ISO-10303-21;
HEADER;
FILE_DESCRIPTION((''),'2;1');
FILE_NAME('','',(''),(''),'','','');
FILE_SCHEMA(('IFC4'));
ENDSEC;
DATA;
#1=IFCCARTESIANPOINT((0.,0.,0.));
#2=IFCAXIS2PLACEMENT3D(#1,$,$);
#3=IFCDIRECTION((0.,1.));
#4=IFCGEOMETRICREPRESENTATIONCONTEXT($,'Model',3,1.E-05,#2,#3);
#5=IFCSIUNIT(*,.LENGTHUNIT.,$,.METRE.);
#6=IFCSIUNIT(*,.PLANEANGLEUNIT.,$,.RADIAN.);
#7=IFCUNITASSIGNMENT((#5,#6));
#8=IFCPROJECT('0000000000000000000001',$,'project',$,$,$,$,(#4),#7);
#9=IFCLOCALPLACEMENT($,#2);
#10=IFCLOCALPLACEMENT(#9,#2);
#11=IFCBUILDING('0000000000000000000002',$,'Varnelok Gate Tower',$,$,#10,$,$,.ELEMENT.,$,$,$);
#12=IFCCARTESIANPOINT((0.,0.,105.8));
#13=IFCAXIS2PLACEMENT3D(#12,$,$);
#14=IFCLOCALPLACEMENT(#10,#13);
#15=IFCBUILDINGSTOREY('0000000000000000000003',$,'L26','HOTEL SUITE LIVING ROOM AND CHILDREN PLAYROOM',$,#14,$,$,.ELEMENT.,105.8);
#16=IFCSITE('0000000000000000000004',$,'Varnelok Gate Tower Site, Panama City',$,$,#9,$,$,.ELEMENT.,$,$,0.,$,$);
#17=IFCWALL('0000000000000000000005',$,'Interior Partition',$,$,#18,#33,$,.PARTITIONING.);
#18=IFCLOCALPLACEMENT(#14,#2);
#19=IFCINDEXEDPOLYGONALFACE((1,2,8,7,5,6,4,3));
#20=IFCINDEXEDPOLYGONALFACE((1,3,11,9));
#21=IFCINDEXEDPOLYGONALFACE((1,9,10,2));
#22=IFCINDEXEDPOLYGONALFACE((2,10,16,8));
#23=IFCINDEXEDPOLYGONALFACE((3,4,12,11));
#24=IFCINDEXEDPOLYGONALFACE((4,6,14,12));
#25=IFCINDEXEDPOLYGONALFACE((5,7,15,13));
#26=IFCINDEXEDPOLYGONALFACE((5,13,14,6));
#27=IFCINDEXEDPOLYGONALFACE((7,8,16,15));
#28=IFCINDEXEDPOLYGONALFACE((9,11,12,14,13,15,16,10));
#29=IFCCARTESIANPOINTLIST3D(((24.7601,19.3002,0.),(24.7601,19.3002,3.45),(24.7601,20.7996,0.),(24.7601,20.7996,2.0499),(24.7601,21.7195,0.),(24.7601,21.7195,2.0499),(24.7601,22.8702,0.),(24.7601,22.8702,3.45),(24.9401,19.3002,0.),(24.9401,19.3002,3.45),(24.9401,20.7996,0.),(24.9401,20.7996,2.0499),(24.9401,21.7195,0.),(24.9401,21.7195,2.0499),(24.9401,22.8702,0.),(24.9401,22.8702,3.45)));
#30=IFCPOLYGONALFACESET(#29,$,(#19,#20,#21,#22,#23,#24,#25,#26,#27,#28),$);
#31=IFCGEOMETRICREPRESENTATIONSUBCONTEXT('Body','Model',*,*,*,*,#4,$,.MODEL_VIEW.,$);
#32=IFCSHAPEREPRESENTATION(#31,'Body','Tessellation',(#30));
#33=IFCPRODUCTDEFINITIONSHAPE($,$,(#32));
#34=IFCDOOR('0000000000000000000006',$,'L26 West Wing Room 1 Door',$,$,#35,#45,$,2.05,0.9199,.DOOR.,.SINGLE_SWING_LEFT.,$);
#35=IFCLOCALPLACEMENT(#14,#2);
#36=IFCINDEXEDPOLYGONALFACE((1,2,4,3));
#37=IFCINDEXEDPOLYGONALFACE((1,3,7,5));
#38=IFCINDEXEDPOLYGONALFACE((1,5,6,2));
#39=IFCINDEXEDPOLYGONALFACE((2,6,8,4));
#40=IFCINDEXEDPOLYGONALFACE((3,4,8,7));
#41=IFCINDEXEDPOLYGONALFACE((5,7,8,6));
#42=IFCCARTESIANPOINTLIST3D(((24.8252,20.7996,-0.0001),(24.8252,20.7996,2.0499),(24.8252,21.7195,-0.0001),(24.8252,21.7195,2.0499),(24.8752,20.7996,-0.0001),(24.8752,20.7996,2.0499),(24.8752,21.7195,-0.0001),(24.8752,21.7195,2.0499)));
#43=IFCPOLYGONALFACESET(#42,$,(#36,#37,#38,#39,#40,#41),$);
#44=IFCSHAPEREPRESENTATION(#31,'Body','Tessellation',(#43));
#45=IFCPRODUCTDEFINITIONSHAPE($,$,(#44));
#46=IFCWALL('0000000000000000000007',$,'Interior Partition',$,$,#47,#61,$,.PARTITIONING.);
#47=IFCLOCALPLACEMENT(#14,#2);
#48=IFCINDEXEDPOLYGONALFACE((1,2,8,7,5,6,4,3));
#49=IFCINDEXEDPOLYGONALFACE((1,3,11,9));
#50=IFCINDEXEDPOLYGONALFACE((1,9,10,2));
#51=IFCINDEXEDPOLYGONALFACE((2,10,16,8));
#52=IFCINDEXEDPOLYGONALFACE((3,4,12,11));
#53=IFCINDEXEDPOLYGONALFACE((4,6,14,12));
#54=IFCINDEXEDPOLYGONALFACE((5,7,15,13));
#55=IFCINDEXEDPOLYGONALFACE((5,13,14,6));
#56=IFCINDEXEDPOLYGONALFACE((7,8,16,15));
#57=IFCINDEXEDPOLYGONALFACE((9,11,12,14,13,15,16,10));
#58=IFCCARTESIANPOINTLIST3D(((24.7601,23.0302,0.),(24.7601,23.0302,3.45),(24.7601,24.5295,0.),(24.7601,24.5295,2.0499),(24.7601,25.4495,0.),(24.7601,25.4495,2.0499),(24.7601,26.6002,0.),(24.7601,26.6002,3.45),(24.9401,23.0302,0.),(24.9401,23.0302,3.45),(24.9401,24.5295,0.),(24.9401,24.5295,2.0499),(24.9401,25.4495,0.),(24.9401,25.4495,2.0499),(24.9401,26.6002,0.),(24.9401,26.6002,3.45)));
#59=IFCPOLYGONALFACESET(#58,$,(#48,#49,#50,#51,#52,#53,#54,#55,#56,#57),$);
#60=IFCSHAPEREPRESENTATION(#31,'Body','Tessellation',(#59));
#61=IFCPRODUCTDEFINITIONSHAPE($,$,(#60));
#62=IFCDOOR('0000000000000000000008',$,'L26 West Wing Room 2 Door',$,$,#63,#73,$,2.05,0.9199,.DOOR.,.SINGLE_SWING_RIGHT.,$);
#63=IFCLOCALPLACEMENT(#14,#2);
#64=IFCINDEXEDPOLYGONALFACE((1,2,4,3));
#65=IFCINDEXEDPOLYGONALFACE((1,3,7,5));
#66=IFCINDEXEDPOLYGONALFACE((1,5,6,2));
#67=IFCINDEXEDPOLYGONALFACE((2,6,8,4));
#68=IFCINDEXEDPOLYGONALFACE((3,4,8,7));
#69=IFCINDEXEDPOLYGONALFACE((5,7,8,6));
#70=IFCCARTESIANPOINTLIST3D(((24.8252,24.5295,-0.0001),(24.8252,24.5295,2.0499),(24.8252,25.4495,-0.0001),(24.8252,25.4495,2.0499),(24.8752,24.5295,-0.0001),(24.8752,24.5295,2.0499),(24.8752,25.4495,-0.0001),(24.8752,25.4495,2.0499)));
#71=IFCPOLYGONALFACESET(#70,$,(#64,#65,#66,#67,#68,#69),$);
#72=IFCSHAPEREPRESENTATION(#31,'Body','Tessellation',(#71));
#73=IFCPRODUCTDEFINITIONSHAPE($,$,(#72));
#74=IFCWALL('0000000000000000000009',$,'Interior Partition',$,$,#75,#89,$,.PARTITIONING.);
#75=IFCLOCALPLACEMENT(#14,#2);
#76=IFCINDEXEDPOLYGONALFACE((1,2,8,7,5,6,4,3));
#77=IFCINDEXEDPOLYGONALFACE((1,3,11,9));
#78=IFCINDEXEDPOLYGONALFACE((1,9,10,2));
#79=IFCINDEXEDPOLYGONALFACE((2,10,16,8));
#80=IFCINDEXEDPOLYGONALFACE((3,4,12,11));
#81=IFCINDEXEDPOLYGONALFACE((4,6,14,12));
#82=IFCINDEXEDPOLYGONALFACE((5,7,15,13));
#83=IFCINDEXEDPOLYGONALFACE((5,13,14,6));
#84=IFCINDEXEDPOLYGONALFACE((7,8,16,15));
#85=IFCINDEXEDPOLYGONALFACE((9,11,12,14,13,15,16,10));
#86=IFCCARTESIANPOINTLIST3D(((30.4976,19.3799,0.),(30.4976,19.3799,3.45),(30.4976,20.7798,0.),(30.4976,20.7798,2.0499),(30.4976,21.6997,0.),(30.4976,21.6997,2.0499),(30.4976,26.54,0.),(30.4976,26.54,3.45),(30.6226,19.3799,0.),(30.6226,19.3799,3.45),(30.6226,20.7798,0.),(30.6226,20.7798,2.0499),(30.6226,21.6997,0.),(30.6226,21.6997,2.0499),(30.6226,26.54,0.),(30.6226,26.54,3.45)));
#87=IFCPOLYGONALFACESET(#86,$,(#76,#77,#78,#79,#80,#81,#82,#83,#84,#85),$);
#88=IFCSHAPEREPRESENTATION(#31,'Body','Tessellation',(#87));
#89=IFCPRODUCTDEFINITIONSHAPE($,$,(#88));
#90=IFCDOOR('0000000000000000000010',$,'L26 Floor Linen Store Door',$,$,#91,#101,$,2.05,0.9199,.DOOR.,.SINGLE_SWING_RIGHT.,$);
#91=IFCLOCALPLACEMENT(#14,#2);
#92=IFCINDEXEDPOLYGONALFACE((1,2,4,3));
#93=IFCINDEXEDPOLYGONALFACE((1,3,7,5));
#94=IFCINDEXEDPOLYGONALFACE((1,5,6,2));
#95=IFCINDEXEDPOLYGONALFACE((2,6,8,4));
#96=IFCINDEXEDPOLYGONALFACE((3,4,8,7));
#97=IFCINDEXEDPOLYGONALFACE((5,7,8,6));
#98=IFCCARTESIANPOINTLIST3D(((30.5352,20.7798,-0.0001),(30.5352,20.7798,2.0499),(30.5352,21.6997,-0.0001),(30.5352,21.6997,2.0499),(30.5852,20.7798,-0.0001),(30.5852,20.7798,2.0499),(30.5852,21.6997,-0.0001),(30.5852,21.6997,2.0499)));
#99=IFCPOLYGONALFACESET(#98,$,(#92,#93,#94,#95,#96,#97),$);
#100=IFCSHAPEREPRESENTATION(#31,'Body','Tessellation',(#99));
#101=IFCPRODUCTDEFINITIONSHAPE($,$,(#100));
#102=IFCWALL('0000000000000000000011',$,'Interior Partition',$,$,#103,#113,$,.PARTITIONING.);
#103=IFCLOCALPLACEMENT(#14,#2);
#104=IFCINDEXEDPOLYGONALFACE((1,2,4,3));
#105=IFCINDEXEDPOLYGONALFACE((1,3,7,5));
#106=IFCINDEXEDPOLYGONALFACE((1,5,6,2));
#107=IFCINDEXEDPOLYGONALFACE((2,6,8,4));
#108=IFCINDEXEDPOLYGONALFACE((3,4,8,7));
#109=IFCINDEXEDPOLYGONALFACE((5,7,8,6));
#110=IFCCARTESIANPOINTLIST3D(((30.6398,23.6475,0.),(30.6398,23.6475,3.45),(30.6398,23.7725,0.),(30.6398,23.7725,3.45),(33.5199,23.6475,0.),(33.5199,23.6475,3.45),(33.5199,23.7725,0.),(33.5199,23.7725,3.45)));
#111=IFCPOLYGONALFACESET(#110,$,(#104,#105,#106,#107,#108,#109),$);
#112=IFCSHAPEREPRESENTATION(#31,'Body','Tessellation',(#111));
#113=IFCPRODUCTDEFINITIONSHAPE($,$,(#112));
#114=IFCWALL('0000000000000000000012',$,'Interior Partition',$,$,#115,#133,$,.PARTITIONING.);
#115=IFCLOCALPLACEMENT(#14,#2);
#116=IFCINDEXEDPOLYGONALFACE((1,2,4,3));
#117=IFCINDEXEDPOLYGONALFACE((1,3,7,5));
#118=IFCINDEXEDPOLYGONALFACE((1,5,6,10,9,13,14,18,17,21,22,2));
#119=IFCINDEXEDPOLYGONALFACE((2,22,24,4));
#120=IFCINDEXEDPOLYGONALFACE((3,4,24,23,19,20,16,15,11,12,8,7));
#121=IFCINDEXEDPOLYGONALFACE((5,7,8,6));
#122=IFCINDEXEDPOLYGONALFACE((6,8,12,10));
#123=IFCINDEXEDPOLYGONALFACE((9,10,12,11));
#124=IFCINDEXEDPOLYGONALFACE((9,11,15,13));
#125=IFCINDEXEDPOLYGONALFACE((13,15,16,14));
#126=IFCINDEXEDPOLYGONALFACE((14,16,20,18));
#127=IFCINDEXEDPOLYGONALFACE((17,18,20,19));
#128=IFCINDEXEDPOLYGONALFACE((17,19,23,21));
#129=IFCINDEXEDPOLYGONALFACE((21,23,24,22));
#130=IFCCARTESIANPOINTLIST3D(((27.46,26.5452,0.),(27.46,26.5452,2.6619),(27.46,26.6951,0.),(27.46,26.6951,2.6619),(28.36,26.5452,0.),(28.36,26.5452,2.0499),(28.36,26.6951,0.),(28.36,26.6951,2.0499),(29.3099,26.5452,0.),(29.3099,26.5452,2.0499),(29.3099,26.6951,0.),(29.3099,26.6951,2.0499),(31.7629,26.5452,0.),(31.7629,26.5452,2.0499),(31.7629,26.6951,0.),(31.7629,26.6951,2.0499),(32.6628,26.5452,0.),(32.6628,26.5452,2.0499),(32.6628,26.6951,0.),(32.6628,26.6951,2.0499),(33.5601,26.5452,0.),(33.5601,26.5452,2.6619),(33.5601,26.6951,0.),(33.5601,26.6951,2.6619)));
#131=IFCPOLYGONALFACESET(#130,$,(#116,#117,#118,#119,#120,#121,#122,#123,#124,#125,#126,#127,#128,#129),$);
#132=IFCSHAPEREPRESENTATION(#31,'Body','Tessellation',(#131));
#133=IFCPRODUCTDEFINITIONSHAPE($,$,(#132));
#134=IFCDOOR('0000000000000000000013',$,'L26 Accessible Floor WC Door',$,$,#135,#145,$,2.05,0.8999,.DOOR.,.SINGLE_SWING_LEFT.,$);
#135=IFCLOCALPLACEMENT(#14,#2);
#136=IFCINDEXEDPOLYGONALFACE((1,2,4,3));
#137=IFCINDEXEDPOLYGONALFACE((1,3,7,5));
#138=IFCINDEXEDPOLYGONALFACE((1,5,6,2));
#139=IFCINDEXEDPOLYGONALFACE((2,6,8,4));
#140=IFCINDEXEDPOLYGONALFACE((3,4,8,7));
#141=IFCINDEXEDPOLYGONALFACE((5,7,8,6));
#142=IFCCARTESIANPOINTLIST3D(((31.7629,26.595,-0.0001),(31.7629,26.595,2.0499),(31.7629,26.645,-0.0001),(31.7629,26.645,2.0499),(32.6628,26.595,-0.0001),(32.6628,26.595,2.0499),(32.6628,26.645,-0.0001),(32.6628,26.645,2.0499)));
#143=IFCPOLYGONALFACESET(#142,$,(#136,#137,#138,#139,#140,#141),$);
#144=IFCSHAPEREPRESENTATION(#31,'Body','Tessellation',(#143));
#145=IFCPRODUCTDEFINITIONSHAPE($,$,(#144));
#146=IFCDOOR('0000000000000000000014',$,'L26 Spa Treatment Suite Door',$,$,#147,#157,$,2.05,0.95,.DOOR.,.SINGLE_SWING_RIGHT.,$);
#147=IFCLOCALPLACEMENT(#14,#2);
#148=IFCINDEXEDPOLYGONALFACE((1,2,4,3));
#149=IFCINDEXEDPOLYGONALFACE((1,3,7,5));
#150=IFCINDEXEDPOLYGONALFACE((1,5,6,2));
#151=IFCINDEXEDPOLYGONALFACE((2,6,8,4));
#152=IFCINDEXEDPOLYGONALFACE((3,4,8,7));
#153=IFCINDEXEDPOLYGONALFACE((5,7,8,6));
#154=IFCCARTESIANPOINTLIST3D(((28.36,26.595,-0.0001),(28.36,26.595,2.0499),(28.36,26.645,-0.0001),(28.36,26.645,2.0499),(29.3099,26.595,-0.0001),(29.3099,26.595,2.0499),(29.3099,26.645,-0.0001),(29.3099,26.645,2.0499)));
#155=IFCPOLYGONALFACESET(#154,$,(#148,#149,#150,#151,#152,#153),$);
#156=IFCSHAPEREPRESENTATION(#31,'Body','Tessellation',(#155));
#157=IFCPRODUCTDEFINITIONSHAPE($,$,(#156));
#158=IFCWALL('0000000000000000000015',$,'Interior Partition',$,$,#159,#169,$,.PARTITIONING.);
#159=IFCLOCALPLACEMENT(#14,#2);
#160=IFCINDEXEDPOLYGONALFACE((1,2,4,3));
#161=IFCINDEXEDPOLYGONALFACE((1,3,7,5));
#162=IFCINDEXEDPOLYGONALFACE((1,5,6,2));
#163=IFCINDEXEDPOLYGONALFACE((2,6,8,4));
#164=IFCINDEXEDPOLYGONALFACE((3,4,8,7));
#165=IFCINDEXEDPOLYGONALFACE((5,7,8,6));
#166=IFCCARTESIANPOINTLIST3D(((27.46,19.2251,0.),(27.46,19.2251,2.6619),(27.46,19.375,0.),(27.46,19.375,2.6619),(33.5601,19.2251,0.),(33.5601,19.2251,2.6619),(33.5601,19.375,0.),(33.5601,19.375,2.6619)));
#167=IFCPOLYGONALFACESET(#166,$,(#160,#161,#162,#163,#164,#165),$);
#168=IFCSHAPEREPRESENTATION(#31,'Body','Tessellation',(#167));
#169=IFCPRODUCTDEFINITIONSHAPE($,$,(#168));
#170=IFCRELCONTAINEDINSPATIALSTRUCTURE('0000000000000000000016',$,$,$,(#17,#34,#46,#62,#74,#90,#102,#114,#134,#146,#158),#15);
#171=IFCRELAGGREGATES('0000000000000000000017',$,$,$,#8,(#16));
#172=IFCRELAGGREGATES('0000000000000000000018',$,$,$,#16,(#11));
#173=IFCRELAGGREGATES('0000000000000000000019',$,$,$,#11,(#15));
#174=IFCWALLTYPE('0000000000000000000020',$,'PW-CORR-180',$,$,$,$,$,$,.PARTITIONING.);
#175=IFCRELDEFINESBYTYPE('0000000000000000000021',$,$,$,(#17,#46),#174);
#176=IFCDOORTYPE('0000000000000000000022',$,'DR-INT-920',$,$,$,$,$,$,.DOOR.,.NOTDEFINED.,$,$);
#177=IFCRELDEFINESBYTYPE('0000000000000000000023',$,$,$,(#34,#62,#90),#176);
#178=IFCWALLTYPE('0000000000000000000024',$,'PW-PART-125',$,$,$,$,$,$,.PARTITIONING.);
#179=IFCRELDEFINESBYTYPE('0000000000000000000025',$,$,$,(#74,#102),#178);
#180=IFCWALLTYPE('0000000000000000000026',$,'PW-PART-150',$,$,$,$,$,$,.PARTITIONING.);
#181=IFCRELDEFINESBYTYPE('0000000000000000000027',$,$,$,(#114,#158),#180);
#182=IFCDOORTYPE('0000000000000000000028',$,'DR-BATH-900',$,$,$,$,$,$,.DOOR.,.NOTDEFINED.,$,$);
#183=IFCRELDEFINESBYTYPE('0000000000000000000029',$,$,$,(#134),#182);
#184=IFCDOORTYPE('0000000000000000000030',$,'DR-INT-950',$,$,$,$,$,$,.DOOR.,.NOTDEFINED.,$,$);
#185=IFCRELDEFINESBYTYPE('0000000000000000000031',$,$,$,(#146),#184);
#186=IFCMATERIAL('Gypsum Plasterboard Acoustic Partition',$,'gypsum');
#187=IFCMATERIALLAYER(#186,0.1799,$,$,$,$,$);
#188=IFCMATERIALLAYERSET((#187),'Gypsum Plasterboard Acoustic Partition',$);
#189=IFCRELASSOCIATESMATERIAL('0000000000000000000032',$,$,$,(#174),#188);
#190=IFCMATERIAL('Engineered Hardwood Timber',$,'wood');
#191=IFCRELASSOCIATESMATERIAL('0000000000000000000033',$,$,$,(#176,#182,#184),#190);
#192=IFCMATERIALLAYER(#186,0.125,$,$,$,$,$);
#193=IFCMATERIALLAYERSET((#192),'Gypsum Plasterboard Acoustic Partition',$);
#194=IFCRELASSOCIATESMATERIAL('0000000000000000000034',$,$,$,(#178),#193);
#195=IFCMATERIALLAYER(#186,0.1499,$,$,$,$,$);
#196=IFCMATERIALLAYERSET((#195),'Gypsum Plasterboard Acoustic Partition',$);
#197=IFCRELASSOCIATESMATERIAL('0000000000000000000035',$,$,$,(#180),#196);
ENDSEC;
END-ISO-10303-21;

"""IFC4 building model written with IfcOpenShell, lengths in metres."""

from ifc_helpers import new_model, si_unit, direction, frame, frame_2d, origin, place, context, subcontext, project, spatial, rectangle, extrude, material, layer, layer_set, type_object, element, fill, save


model = new_model("IFC4")

# Units and contexts
model_context = context("Model", 3, precision=1e-05, world=origin(), true_north=direction((0.0, 1.0)))
body_context = subcontext(model_context, "Body", "Model", "MODEL_VIEW")
ifc_project = project(units=[si_unit("LENGTHUNIT", "METRE"), si_unit("PLANEANGLEUNIT", "RADIAN")], contexts=[model_context])

# Site, building, storey
site_placement = place(None, origin())
site = spatial("IfcSite", under=ifc_project, at=site_placement, Name="Varnelok Gate Tower Site, Panama City", CompositionType="ELEMENT", RefElevation=0.0)
building_placement = place(site_placement, origin())
building = spatial("IfcBuilding", under=site, at=building_placement, Name="Varnelok Gate Tower", CompositionType="ELEMENT")
storey_placement = place(building_placement, frame((0.0, 0.0, 105.8)))
storey = spatial("IfcBuildingStorey", under=building, at=storey_placement, Name="L26", Description="HOTEL SUITE LIVING ROOM AND CHILDREN PLAYROOM", CompositionType="ELEMENT", Elevation=105.8)

# Walls, openings, doors
ifc_material_1 = material(Name="Gypsum Plasterboard Acoustic Partition", Category="gypsum")
ifc_layer_1 = layer(ifc_material_1, 0.1799)
ifc_layer_set_1 = layer_set([ifc_layer_1], Name="Gypsum Plasterboard Acoustic Partition")
wall_type_1 = type_object("IfcWallType", Name="PW-CORR-180", PredefinedType="PARTITIONING", material=ifc_layer_set_1)
wall_1_placement = place(storey_placement, frame((24.8501, 19.3, 0.0), z_axis=(0.0, 0.0, 1.0), x_axis=(0.0, 1.0, 0.0)))
wall_1 = element("IfcWall", 1, at=wall_1_placement, inside=storey, type_object=wall_type_1, Name="Interior Partition", PredefinedType="PARTITIONING", context=body_context, shape_type="SweptSolid", body=[
    extrude(rectangle(XDim=3.5701, YDim=0.1799, at=frame_2d((1.7852, 0.0))), origin(), (0.0, 0.0, 1.0), 3.45),
])
opening_1_placement = place(wall_1_placement, frame((1.4995, 0.0, 0.0)))
opening_1 = element("IfcOpeningElement", 2, at=opening_1_placement, cuts=wall_1, PredefinedType="OPENING", context=body_context, shape_type="SweptSolid", body=[
    extrude(rectangle(XDim=0.9199, YDim=2.05, at=frame_2d((0.46, 1.0249))), frame((0.0, 0.0999, 0.0), z_axis=(0.0, -1.0, 0.0), x_axis=(1.0, 0.0, 0.0)), (0.0, 0.0, 1.0), 0.2),
])
ifc_material_2 = material(Name="Engineered Hardwood Timber", Category="wood")
door_type_1 = type_object("IfcDoorType", Name="DR-INT-920", OperationType="NOTDEFINED", PredefinedType="DOOR", material=ifc_material_2)
door_1_placement = place(opening_1_placement, origin())
door_1 = element("IfcDoor", 3, at=door_1_placement, inside=storey, type_object=door_type_1, Name="L26 West Wing Room 1 Door", OperationType="SINGLE_SWING_LEFT", OverallHeight=2.05, OverallWidth=0.9199, PredefinedType="DOOR", context=body_context, shape_type="SweptSolid", body=[
    extrude(rectangle(XDim=0.9199, YDim=2.05, at=frame_2d((0.46, 1.0249))), frame((0.0, 0.0249, 0.0), z_axis=(0.0, -1.0, 0.0), x_axis=(1.0, 0.0, 0.0)), (0.0, 0.0, 1.0), 0.05),
])
fill(opening_1, door_1)
wall_2_placement = place(storey_placement, frame((24.8501, 23.03, 0.0), z_axis=(0.0, 0.0, 1.0), x_axis=(0.0, 1.0, 0.0)))
wall_2 = element("IfcWall", 4, at=wall_2_placement, inside=storey, type_object=wall_type_1, Name="Interior Partition", PredefinedType="PARTITIONING", context=body_context, shape_type="SweptSolid", body=[
    extrude(rectangle(XDim=3.5701, YDim=0.1799, at=frame_2d((1.7852, 0.0))), origin(), (0.0, 0.0, 1.0), 3.45),
])
opening_2_placement = place(wall_2_placement, frame((1.4995, 0.0, 0.0)))
opening_2 = element("IfcOpeningElement", 5, at=opening_2_placement, cuts=wall_2, PredefinedType="OPENING", context=body_context, shape_type="SweptSolid", body=[
    extrude(rectangle(XDim=0.9199, YDim=2.05, at=frame_2d((0.46, 1.0249))), frame((0.0, 0.0999, 0.0), z_axis=(0.0, -1.0, 0.0), x_axis=(1.0, 0.0, 0.0)), (0.0, 0.0, 1.0), 0.2),
])
door_2_placement = place(opening_2_placement, origin())
door_2 = element("IfcDoor", 6, at=door_2_placement, inside=storey, type_object=door_type_1, Name="L26 West Wing Room 2 Door", OperationType="SINGLE_SWING_RIGHT", OverallHeight=2.05, OverallWidth=0.9199, PredefinedType="DOOR", context=body_context, shape_type="SweptSolid", body=[
    extrude(rectangle(XDim=0.9199, YDim=2.05, at=frame_2d((0.46, 1.0249))), frame((0.0, 0.0249, 0.0), z_axis=(0.0, -1.0, 0.0), x_axis=(1.0, 0.0, 0.0)), (0.0, 0.0, 1.0), 0.05),
])
fill(opening_2, door_2)
ifc_layer_2 = layer(ifc_material_1, 0.125)
ifc_layer_set_2 = layer_set([ifc_layer_2], Name="Gypsum Plasterboard Acoustic Partition")
wall_type_2 = type_object("IfcWallType", Name="PW-PART-125", PredefinedType="PARTITIONING", material=ifc_layer_set_2)
wall_3_placement = place(storey_placement, frame((30.5601, 19.3799, 0.0), z_axis=(0.0, 0.0, 1.0), x_axis=(0.0, 1.0, 0.0)))
wall_3 = element("IfcWall", 7, at=wall_3_placement, inside=storey, type_object=wall_type_2, Name="Interior Partition", PredefinedType="PARTITIONING", context=body_context, shape_type="SweptSolid", body=[
    extrude(rectangle(XDim=7.1602, YDim=0.125, at=frame_2d((3.5801, 0.0))), origin(), (0.0, 0.0, 1.0), 3.45),
])
opening_3_placement = place(wall_3_placement, frame((1.3999, 0.0, 0.0)))
opening_3 = element("IfcOpeningElement", 8, at=opening_3_placement, cuts=wall_3, PredefinedType="OPENING", context=body_context, shape_type="SweptSolid", body=[
    extrude(rectangle(XDim=0.9199, YDim=2.05, at=frame_2d((0.46, 1.0249))), frame((0.0, 0.0725, 0.0), z_axis=(0.0, -1.0, 0.0), x_axis=(1.0, 0.0, 0.0)), (0.0, 0.0, 1.0), 0.145),
])
door_3_placement = place(opening_3_placement, origin())
door_3 = element("IfcDoor", 9, at=door_3_placement, inside=storey, type_object=door_type_1, Name="L26 Floor Linen Store Door", OperationType="SINGLE_SWING_RIGHT", OverallHeight=2.05, OverallWidth=0.9199, PredefinedType="DOOR", context=body_context, shape_type="SweptSolid", body=[
    extrude(rectangle(XDim=0.9199, YDim=2.05, at=frame_2d((0.46, 1.0249))), frame((0.0, 0.0249, 0.0), z_axis=(0.0, -1.0, 0.0), x_axis=(1.0, 0.0, 0.0)), (0.0, 0.0, 1.0), 0.05),
])
fill(opening_3, door_3)

# Wall
wall_4_placement = place(storey_placement, frame((30.6399, 23.71, 0.0), z_axis=(0.0, 0.0, 1.0), x_axis=(1.0, 0.0, 0.0)))
element("IfcWall", 10, at=wall_4_placement, inside=storey, type_object=wall_type_2, Name="Interior Partition", PredefinedType="PARTITIONING", context=body_context, shape_type="SweptSolid", body=[
    extrude(rectangle(XDim=2.8801, YDim=0.125, at=frame_2d((1.4399, 0.0))), origin(), (0.0, 0.0, 1.0), 3.45),
])

# Wall, openings, doors
ifc_layer_3 = layer(ifc_material_1, 0.1499)
ifc_layer_set_3 = layer_set([ifc_layer_3], Name="Gypsum Plasterboard Acoustic Partition")
wall_type_3 = type_object("IfcWallType", Name="PW-PART-150", PredefinedType="PARTITIONING", material=ifc_layer_set_3)
wall_5_placement = place(storey_placement, frame((27.46, 26.6201, 0.0), z_axis=(0.0, 0.0, 1.0), x_axis=(1.0, 0.0, 0.0)))
wall_5 = element("IfcWall", 11, at=wall_5_placement, inside=storey, type_object=wall_type_3, Name="Interior Partition", PredefinedType="PARTITIONING", context=body_context, shape_type="SweptSolid", body=[
    extrude(rectangle(XDim=6.1001, YDim=0.1499, at=frame_2d((3.05, 0.0))), origin(), (0.0, 0.0, 1.0), 2.6619),
])
opening_4_placement = place(wall_5_placement, frame((0.8999, 0.0, 0.0)))
opening_4 = element("IfcOpeningElement", 12, at=opening_4_placement, cuts=wall_5, PredefinedType="OPENING", context=body_context, shape_type="SweptSolid", body=[
    extrude(rectangle(XDim=0.95, YDim=2.05, at=frame_2d((0.4751, 1.0249))), frame((0.0, 0.085, 0.0), z_axis=(0.0, -1.0, 0.0), x_axis=(1.0, 0.0, 0.0)), (0.0, 0.0, 1.0), 0.1699),
])
opening_5_placement = place(wall_5_placement, frame((4.303, 0.0, 0.0)))
opening_5 = element("IfcOpeningElement", 13, at=opening_5_placement, cuts=wall_5, PredefinedType="OPENING", context=body_context, shape_type="SweptSolid", body=[
    extrude(rectangle(XDim=0.8999, YDim=2.05, at=frame_2d((0.45, 1.0249))), frame((0.0, 0.085, 0.0), z_axis=(0.0, -1.0, 0.0), x_axis=(1.0, 0.0, 0.0)), (0.0, 0.0, 1.0), 0.1699),
])
door_type_2 = type_object("IfcDoorType", Name="DR-BATH-900", OperationType="NOTDEFINED", PredefinedType="DOOR", material=ifc_material_2)
door_4_placement = place(opening_5_placement, origin())
door_4 = element("IfcDoor", 14, at=door_4_placement, inside=storey, type_object=door_type_2, Name="L26 Accessible Floor WC Door", OperationType="SINGLE_SWING_LEFT", OverallHeight=2.05, OverallWidth=0.8999, PredefinedType="DOOR", context=body_context, shape_type="SweptSolid", body=[
    extrude(rectangle(XDim=0.8999, YDim=2.05, at=frame_2d((0.45, 1.0249))), frame((0.0, 0.0249, 0.0), z_axis=(0.0, -1.0, 0.0), x_axis=(1.0, 0.0, 0.0)), (0.0, 0.0, 1.0), 0.05),
])
fill(opening_5, door_4)
door_type_3 = type_object("IfcDoorType", Name="DR-INT-950", OperationType="NOTDEFINED", PredefinedType="DOOR", material=ifc_material_2)
door_5_placement = place(opening_4_placement, origin())
door_5 = element("IfcDoor", 15, at=door_5_placement, inside=storey, type_object=door_type_3, Name="L26 Spa Treatment Suite Door", OperationType="SINGLE_SWING_RIGHT", OverallHeight=2.05, OverallWidth=0.95, PredefinedType="DOOR", context=body_context, shape_type="SweptSolid", body=[
    extrude(rectangle(XDim=0.95, YDim=2.05, at=frame_2d((0.4751, 1.0249))), frame((0.0, 0.0249, 0.0), z_axis=(0.0, -1.0, 0.0), x_axis=(1.0, 0.0, 0.0)), (0.0, 0.0, 1.0), 0.05),
])
fill(opening_4, door_5)

# Wall
wall_6_placement = place(storey_placement, frame((27.46, 19.3, 0.0), z_axis=(0.0, 0.0, 1.0), x_axis=(1.0, 0.0, 0.0)))
element("IfcWall", 16, at=wall_6_placement, inside=storey, type_object=wall_type_3, Name="Interior Partition", PredefinedType="PARTITIONING", context=body_context, shape_type="SweptSolid", body=[
    extrude(rectangle(XDim=6.1001, YDim=0.1499, at=frame_2d((3.05, 0.0))), origin(), (0.0, 0.0, 1.0), 2.6619),
])

save(model, "model.ifc")
